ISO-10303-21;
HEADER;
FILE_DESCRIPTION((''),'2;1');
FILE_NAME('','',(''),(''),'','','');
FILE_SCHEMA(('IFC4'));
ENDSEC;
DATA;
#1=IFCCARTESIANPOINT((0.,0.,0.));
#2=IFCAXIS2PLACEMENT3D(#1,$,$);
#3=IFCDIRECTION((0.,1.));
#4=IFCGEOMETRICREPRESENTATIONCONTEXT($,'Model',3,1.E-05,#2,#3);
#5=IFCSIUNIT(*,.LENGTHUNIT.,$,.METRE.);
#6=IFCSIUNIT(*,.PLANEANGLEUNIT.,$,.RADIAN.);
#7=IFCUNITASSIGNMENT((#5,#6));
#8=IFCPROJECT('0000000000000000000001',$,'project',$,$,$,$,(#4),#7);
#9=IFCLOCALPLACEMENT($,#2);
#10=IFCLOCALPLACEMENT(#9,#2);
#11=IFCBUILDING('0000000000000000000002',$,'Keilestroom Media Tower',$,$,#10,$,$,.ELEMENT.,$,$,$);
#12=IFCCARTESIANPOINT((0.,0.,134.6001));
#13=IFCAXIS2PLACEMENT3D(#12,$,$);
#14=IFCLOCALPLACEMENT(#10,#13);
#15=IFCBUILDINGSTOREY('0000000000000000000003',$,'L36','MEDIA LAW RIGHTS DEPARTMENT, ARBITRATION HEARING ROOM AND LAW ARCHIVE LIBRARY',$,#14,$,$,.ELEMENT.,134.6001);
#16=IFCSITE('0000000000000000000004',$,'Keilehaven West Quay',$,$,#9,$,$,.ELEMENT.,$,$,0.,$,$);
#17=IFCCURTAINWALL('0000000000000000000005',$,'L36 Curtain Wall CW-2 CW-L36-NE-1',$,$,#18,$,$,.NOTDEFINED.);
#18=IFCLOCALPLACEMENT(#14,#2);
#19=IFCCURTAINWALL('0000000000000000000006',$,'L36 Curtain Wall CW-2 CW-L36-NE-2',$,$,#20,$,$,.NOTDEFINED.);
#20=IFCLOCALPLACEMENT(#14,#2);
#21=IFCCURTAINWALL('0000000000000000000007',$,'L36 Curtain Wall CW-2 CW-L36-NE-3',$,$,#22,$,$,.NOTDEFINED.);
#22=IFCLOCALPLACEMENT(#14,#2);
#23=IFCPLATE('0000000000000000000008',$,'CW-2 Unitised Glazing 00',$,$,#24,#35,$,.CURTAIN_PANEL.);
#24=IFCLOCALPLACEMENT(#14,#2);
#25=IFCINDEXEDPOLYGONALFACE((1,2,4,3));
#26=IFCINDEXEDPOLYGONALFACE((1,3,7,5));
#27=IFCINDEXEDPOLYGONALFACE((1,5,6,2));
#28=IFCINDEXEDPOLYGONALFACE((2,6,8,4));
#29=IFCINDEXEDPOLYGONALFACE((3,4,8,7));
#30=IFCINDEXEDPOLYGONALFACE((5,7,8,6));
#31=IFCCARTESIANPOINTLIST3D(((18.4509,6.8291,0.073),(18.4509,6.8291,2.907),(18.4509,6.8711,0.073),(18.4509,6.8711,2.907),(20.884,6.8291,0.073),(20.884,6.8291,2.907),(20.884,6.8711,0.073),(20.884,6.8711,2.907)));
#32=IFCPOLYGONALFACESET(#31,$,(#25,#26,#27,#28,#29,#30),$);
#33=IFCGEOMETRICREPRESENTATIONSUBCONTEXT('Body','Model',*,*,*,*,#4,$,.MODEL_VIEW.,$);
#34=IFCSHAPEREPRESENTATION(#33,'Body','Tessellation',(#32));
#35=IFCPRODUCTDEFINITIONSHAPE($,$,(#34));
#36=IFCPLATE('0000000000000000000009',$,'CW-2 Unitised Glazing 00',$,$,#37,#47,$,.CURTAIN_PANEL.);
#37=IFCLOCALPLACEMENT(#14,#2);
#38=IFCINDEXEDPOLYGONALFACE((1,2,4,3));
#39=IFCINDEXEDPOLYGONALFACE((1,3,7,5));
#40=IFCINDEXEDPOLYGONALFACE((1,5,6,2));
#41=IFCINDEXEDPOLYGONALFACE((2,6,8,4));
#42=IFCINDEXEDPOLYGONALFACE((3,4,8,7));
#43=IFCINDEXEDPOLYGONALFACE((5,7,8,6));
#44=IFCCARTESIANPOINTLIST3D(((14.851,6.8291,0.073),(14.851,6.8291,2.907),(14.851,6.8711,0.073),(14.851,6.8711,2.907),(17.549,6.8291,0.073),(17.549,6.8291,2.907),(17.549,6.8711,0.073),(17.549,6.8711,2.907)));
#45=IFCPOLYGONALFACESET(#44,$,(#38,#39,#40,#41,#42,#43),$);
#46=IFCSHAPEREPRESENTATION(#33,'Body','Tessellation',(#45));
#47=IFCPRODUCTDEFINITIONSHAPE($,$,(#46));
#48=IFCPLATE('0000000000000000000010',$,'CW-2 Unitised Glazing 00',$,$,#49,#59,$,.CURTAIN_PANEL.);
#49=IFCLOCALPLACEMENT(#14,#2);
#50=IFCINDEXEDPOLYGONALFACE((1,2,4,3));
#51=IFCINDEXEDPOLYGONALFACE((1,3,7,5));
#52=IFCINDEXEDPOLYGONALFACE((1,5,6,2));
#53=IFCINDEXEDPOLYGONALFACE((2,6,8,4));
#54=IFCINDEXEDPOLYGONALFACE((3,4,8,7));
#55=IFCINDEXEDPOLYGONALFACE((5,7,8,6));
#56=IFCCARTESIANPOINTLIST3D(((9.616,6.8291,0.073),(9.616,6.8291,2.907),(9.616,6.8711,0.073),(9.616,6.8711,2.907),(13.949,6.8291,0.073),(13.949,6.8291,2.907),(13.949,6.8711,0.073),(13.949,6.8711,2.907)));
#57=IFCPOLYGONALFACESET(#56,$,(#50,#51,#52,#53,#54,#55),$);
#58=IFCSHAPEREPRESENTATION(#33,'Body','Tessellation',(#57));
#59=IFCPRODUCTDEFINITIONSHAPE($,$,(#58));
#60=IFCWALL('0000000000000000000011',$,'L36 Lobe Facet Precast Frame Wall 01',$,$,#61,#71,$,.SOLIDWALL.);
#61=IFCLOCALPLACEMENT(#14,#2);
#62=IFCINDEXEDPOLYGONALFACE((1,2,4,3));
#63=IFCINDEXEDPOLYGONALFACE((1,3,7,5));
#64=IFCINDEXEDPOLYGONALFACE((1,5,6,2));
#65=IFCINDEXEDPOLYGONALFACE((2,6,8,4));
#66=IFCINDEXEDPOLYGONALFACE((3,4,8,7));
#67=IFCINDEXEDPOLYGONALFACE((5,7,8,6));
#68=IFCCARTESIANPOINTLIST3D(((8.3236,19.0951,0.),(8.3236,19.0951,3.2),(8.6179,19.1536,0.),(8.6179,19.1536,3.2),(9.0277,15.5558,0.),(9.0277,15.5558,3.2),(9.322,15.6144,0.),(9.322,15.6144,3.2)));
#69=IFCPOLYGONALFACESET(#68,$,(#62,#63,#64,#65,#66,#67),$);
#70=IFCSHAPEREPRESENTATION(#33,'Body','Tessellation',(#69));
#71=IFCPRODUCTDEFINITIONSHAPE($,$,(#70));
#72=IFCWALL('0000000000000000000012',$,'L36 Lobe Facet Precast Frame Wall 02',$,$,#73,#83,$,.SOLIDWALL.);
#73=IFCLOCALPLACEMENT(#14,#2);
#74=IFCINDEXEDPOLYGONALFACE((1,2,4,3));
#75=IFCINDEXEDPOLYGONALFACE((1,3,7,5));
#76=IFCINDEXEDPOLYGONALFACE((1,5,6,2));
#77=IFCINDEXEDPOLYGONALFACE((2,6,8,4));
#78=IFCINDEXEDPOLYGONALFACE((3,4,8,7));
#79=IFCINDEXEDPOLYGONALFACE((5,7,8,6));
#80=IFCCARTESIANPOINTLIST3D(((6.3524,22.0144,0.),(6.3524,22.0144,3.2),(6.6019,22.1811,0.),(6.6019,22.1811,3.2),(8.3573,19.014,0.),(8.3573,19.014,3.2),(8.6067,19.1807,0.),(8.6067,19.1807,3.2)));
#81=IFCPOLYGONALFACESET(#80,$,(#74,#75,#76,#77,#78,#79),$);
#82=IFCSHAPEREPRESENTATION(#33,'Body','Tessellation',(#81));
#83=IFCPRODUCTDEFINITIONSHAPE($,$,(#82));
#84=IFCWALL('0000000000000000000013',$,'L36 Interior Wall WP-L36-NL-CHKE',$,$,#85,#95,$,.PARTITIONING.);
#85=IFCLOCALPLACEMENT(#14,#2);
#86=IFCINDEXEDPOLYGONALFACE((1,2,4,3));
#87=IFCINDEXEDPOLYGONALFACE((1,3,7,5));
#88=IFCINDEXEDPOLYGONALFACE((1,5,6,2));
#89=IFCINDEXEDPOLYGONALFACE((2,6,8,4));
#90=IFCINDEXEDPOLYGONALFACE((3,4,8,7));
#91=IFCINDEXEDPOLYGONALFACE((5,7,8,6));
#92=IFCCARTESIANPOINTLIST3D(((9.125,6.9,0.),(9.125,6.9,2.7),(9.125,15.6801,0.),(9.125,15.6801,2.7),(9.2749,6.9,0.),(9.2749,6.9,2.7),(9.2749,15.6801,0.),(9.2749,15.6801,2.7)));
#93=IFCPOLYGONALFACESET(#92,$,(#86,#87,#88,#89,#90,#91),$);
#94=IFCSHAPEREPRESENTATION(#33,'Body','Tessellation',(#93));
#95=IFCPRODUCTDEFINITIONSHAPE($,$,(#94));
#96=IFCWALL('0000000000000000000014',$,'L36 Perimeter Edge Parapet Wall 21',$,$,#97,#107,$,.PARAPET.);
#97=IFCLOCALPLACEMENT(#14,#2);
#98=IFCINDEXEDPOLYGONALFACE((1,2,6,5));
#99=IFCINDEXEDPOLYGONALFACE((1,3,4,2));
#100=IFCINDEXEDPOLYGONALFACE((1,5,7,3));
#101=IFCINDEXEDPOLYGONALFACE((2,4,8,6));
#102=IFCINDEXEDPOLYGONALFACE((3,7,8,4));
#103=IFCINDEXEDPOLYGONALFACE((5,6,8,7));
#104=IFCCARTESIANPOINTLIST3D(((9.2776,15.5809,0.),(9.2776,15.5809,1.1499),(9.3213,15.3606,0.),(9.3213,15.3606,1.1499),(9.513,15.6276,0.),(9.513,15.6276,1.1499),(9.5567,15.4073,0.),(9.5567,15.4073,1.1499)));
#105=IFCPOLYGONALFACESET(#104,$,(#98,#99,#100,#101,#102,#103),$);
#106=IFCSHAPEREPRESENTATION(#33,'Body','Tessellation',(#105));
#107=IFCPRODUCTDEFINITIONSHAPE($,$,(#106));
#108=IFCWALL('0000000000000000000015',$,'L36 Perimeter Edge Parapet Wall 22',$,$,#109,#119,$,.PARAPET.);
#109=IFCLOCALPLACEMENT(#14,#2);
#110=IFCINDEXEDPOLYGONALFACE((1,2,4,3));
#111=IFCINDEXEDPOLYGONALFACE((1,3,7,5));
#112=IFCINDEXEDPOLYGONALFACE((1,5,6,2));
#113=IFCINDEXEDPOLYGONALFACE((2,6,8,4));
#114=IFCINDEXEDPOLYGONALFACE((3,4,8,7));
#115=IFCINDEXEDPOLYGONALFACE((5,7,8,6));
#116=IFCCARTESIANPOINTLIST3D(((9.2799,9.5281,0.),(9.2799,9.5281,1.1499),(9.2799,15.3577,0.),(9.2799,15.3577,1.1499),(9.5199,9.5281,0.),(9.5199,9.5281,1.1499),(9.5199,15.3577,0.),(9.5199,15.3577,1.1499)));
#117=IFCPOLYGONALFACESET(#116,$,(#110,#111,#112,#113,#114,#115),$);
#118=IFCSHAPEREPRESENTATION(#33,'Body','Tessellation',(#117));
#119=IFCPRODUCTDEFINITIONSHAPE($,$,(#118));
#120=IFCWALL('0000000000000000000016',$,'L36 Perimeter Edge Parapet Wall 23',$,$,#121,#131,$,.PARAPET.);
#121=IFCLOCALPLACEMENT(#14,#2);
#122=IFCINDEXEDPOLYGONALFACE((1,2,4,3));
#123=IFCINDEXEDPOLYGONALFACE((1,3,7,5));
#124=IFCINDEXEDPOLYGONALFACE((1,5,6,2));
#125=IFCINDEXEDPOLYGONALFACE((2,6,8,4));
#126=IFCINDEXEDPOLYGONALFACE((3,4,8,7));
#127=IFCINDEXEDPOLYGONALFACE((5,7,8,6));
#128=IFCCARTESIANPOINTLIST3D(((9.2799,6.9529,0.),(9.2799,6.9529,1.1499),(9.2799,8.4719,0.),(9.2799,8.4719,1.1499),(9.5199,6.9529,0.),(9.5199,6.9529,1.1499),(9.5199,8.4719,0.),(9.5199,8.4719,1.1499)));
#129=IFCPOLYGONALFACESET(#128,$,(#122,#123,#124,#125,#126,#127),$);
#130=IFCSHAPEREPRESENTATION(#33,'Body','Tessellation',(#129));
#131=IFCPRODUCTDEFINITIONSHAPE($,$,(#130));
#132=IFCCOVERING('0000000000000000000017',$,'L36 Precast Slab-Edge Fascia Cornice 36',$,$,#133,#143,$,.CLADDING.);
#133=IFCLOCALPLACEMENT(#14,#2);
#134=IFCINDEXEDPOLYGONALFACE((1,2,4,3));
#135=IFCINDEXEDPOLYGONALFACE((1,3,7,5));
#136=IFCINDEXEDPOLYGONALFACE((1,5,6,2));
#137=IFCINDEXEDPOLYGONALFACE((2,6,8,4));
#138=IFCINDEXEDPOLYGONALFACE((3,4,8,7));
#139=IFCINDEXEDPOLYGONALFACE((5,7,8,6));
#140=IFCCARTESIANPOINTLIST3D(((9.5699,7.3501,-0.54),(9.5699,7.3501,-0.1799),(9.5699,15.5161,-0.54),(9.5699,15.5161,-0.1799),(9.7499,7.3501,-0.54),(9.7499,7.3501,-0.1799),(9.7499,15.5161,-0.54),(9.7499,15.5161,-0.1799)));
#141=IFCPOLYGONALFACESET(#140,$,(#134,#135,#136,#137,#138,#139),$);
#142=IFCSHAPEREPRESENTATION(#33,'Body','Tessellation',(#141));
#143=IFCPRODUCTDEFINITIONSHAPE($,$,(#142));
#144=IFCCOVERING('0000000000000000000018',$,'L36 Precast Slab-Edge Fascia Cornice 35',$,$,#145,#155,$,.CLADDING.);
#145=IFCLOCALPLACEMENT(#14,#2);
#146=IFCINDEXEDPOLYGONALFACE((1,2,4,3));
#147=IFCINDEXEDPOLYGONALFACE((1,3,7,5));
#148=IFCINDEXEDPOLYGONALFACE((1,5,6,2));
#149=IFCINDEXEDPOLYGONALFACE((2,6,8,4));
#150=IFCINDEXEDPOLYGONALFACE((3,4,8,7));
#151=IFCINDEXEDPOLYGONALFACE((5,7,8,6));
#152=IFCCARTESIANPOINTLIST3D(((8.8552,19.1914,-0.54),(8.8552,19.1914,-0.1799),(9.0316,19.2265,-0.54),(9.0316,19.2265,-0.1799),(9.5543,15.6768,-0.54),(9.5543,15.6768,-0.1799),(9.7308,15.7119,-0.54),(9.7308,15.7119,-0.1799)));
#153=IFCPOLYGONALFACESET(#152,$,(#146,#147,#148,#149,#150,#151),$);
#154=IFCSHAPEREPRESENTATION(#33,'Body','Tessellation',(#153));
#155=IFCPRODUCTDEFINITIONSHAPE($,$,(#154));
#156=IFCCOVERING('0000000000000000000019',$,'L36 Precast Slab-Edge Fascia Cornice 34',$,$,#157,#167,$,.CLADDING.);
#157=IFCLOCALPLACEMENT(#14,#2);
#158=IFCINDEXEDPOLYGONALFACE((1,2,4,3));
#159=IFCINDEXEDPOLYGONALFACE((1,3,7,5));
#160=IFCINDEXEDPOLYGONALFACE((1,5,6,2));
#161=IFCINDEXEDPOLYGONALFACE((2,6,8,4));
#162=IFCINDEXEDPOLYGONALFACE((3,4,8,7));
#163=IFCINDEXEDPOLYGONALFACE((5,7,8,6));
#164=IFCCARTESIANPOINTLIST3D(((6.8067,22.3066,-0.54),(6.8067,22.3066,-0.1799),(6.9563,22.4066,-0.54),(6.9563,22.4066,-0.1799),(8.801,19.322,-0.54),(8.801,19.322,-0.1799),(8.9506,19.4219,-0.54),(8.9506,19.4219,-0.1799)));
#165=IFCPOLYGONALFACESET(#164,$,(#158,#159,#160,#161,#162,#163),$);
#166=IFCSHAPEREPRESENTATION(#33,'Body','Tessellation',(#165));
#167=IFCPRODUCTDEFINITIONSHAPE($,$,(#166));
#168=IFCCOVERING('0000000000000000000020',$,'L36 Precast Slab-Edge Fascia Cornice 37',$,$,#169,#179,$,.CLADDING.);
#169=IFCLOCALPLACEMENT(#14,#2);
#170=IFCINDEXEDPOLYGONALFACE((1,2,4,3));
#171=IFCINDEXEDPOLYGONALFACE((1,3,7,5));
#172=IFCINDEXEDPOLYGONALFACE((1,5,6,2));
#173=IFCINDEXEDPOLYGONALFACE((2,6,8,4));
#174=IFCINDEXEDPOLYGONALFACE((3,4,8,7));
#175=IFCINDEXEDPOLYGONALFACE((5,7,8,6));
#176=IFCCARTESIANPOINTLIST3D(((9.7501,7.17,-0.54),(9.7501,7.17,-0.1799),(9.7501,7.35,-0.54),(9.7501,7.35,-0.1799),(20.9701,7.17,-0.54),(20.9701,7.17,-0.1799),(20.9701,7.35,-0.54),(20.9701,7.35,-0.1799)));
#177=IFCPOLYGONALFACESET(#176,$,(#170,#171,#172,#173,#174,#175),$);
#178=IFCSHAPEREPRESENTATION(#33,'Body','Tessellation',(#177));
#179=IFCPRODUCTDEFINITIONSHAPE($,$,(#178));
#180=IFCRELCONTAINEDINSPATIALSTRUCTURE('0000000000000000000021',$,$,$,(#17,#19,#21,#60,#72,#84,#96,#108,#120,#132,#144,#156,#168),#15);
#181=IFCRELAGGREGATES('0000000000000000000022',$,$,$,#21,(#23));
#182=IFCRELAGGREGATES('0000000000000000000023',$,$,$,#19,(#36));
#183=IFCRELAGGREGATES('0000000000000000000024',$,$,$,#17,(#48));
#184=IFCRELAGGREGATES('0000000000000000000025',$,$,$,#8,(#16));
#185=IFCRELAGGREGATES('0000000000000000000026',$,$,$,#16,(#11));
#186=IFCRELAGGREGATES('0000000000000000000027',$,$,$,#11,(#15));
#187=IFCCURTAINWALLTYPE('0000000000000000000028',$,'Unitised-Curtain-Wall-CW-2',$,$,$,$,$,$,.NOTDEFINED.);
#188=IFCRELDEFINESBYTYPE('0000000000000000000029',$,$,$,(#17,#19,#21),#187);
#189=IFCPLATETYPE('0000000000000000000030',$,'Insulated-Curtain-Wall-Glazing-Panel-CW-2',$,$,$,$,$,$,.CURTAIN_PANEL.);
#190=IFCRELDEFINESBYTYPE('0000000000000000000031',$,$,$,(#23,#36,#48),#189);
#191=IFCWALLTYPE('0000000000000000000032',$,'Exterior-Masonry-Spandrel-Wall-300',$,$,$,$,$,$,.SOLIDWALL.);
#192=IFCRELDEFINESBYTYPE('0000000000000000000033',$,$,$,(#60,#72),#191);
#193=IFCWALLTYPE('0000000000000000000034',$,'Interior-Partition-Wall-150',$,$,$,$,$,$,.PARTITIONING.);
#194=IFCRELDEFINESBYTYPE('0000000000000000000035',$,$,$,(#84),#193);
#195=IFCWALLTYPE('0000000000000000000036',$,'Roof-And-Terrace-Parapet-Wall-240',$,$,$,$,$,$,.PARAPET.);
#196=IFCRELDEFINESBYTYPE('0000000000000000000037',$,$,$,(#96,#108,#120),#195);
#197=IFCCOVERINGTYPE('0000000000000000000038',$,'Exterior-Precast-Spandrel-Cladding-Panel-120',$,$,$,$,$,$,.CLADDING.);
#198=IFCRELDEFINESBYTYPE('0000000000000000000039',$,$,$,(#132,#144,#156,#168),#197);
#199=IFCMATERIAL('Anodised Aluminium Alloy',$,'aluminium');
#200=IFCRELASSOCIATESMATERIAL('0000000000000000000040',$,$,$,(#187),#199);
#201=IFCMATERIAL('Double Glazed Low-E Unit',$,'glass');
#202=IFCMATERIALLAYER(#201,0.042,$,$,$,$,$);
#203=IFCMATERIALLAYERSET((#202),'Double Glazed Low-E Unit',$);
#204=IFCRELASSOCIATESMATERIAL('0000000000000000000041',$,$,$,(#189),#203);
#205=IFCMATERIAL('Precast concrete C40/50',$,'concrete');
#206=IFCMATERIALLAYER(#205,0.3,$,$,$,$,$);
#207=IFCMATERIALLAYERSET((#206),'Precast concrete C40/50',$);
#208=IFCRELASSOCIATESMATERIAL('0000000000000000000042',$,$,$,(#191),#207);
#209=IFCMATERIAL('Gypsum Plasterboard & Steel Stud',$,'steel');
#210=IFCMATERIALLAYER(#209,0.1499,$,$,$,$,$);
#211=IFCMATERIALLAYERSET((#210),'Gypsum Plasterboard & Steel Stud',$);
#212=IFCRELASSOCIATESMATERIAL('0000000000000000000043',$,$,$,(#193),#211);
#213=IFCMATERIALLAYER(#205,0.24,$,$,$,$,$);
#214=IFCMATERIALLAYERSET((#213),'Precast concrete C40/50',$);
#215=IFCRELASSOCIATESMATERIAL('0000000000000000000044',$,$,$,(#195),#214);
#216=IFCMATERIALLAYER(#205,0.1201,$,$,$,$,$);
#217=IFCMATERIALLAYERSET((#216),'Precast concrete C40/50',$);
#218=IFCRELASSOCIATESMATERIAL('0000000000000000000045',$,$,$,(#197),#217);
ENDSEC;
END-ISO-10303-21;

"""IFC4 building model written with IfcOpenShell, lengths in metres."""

from ifc_helpers import new_model, si_unit, direction, frame, frame_2d, origin, origin_2d, place, context, subcontext, project, spatial, rectangle, extrude, source, transform, mapped, material, layer, layer_set, type_object, element, aggregate, save


model = new_model("IFC4")

# Units and contexts
model_context = context("Model", 3, precision=1e-05, world=origin(), true_north=direction((0.0, 1.0)))
body_context = subcontext(model_context, "Body", "Model", "MODEL_VIEW")
ifc_project = project(units=[si_unit("LENGTHUNIT", "METRE"), si_unit("PLANEANGLEUNIT", "RADIAN")], contexts=[model_context])

# Site, building, storey
site_placement = place(None, origin())
site = spatial("IfcSite", under=ifc_project, at=site_placement, Name="Keilehaven West Quay", CompositionType="ELEMENT", RefElevation=0.0)
building_placement = place(site_placement, origin())
building = spatial("IfcBuilding", under=site, at=building_placement, Name="Keilestroom Media Tower", CompositionType="ELEMENT")
storey_placement = place(building_placement, frame((0.0, 0.0, 134.6001)))
storey = spatial("IfcBuildingStorey", under=building, at=storey_placement, Name="L36", Description="MEDIA LAW RIGHTS DEPARTMENT, ARBITRATION HEARING ROOM AND LAW ARCHIVE LIBRARY", CompositionType="ELEMENT", Elevation=134.6001)

# Shared definitions
ifc_material_1 = material(Name="Precast concrete C40/50", Category="concrete")

# Curtain wall
ifc_material_2 = material(Name="Anodised Aluminium Alloy", Category="aluminium")
curtain_wall_type = type_object("IfcCurtainWallType", Name="Unitised-Curtain-Wall-CW-2", PredefinedType="NOTDEFINED", material=ifc_material_2)
curtain_wall_1_placement = place(storey_placement, origin())
curtain_wall_1 = element("IfcCurtainWall", 1, at=curtain_wall_1_placement, inside=storey, type_object=curtain_wall_type, Name="L36 Curtain Wall CW-2 CW-L36-NE-1", PredefinedType="NOTDEFINED")

# Curtain walls
curtain_wall_2_placement = place(storey_placement, origin())
curtain_wall_2 = element("IfcCurtainWall", 2, at=curtain_wall_2_placement, inside=storey, type_object=curtain_wall_type, Name="L36 Curtain Wall CW-2 CW-L36-NE-2", PredefinedType="NOTDEFINED")
curtain_wall_3_placement = place(storey_placement, origin())
curtain_wall_3 = element("IfcCurtainWall", 3, at=curtain_wall_3_placement, inside=storey, type_object=curtain_wall_type, Name="L36 Curtain Wall CW-2 CW-L36-NE-3", PredefinedType="NOTDEFINED")

# Plates
ifc_material_3 = material(Name="Double Glazed Low-E Unit", Category="glass")
ifc_layer_1 = layer(ifc_material_3, 0.042)
ifc_layer_set_1 = layer_set([ifc_layer_1], Name="Double Glazed Low-E Unit")
plate_type = type_object("IfcPlateType", Name="Insulated-Curtain-Wall-Glazing-Panel-CW-2", PredefinedType="CURTAIN_PANEL", material=ifc_layer_set_1)
shared_shape_1 = source(origin(), body_context, "Body", "SweptSolid", [
    extrude(rectangle(XDim=2.4331, YDim=0.042, at=origin_2d()), origin(), (0.0, 0.0, 1.0), 2.834),
])
plate_1_placement = place(storey_placement, frame((19.6675, 6.8501, 0.073), z_axis=(0.0, 0.0, 1.0), x_axis=(1.0, 0.0, 0.0)))
plate_1 = element("IfcPlate", 4, at=plate_1_placement, type_object=plate_type, Name="CW-2 Unitised Glazing 00", PredefinedType="CURTAIN_PANEL", context=body_context, shape_type="MappedRepresentation", body=[
    mapped(shared_shape_1, transform((0.0, 0.0, 0.0), x_axis=(1.0, 0.0, 0.0), y_axis=(0.0, 1.0, 0.0), z_axis=(0.0, 0.0, 1.0), scale=1.0)),
])
aggregate(curtain_wall_3, [plate_1])
shared_shape_2 = source(origin(), body_context, "Body", "SweptSolid", [
    extrude(rectangle(XDim=2.698, YDim=0.042, at=origin_2d()), origin(), (0.0, 0.0, 1.0), 2.834),
])
plate_2_placement = place(storey_placement, frame((16.2, 6.8501, 0.073), z_axis=(0.0, 0.0, 1.0), x_axis=(1.0, 0.0, 0.0)))
plate_2 = element("IfcPlate", 5, at=plate_2_placement, type_object=plate_type, Name="CW-2 Unitised Glazing 00", PredefinedType="CURTAIN_PANEL", context=body_context, shape_type="MappedRepresentation", body=[
    mapped(shared_shape_2, transform((0.0, 0.0, 0.0), x_axis=(1.0, 0.0, 0.0), y_axis=(0.0, 1.0, 0.0), z_axis=(0.0, 0.0, 1.0), scale=1.0)),
])
aggregate(curtain_wall_2, [plate_2])
shared_shape_3 = source(origin(), body_context, "Body", "SweptSolid", [
    extrude(rectangle(XDim=4.333, YDim=0.042, at=origin_2d()), origin(), (0.0, 0.0, 1.0), 2.834),
])
plate_3_placement = place(storey_placement, frame((11.7825, 6.8501, 0.073), z_axis=(0.0, 0.0, 1.0), x_axis=(1.0, 0.0, 0.0)))
plate_3 = element("IfcPlate", 6, at=plate_3_placement, type_object=plate_type, Name="CW-2 Unitised Glazing 00", PredefinedType="CURTAIN_PANEL", context=body_context, shape_type="MappedRepresentation", body=[
    mapped(shared_shape_3, transform((0.0, 0.0, 0.0), x_axis=(1.0, 0.0, 0.0), y_axis=(0.0, 1.0, 0.0), z_axis=(0.0, 0.0, 1.0), scale=1.0)),
])
aggregate(curtain_wall_1, [plate_3])

# Walls
ifc_layer_2 = layer(ifc_material_1, 0.3)
ifc_layer_set_2 = layer_set([ifc_layer_2], Name="Precast concrete C40/50")
wall_type_1 = type_object("IfcWallType", Name="Exterior-Masonry-Spandrel-Wall-300", PredefinedType="SOLIDWALL", material=ifc_layer_set_2)
for number, where, z_axis, x_axis, name in (
    (7, (9.1748, 15.5852, 0.0), (0.0, 0.0, 1.0), (-0.195114, 0.980781, 0.0), "L36 Lobe Facet Precast Frame Wall 01"),
    (8, (8.4819, 19.0974, 0.0), (0.0, 0.0, 1.0), (-0.555574, 0.831467, 0.0), "L36 Lobe Facet Precast Frame Wall 02"),
):
    element("IfcWall", number, at=place(storey_placement, frame(where, z_axis=z_axis, x_axis=x_axis)), inside=storey, type_object=wall_type_1, Name=name, PredefinedType="SOLIDWALL", context=body_context, shape_type="SweptSolid", body=[
        extrude(rectangle(XDim=3.6086, YDim=0.3, at=frame_2d((1.8042, 0.0))), origin(), (0.0, 0.0, 1.0), 3.2),
    ])
ifc_material_4 = material(Name="Gypsum Plasterboard & Steel Stud", Category="steel")
ifc_layer_3 = layer(ifc_material_4, 0.1499)
ifc_layer_set_3 = layer_set([ifc_layer_3], Name="Gypsum Plasterboard & Steel Stud")
wall_type_2 = type_object("IfcWallType", Name="Interior-Partition-Wall-150", PredefinedType="PARTITIONING", material=ifc_layer_set_3)
wall_1_placement = place(storey_placement, frame((9.2, 6.8999, 0.0), z_axis=(0.0, 0.0, 1.0), x_axis=(0.0, 1.0, 0.0)))
element("IfcWall", 9, at=wall_1_placement, inside=storey, type_object=wall_type_2, Name="L36 Interior Wall WP-L36-NL-CHKE", PredefinedType="PARTITIONING", context=body_context, shape_type="SweptSolid", body=[
    extrude(rectangle(XDim=8.78, YDim=0.1499, at=frame_2d((4.3901, 0.0))), origin(), (0.0, 0.0, 1.0), 2.7),
])
ifc_layer_4 = layer(ifc_material_1, 0.24)
ifc_layer_set_4 = layer_set([ifc_layer_4], Name="Precast concrete C40/50")
wall_type_3 = type_object("IfcWallType", Name="Roof-And-Terrace-Parapet-Wall-240", PredefinedType="PARAPET", material=ifc_layer_set_4)
wall_2_placement = place(storey_placement, frame((9.3953, 15.6042, 0.0), z_axis=(0.0, 0.0, 1.0), x_axis=(0.194652, -0.980872, 0.0)))
element("IfcWall", 10, at=wall_2_placement, inside=storey, type_object=wall_type_3, Name="L36 Perimeter Edge Parapet Wall 21", PredefinedType="PARAPET", context=body_context, shape_type="SweptSolid", body=[
    extrude(rectangle(XDim=0.2246, YDim=0.24, at=frame_2d((0.1123, 0.0))), origin(), (0.0, 0.0, 1.0), 1.1499),
])
wall_3_placement = place(storey_placement, frame((9.3999, 15.3577, 0.0), z_axis=(0.0, 0.0, 1.0), x_axis=(0.0, -1.0, 0.0)))
element("IfcWall", 11, at=wall_3_placement, inside=storey, type_object=wall_type_3, Name="L36 Perimeter Edge Parapet Wall 22", PredefinedType="PARAPET", context=body_context, shape_type="SweptSolid", body=[
    extrude(rectangle(XDim=5.8296, YDim=0.24, at=frame_2d((2.9148, 0.0))), origin(), (0.0, 0.0, 1.0), 1.1499),
])
wall_4_placement = place(storey_placement, frame((9.3999, 8.4719, 0.0), z_axis=(0.0, 0.0, 1.0), x_axis=(0.0, -1.0, 0.0)))
element("IfcWall", 12, at=wall_4_placement, inside=storey, type_object=wall_type_3, Name="L36 Perimeter Edge Parapet Wall 23", PredefinedType="PARAPET", context=body_context, shape_type="SweptSolid", body=[
    extrude(rectangle(XDim=1.519, YDim=0.24, at=frame_2d((0.7595, 0.0))), origin(), (0.0, 0.0, 1.0), 1.1499),
])

# Coverings
ifc_layer_5 = layer(ifc_material_1, 0.1201)
ifc_layer_set_5 = layer_set([ifc_layer_5], Name="Precast concrete C40/50")
covering_type = type_object("IfcCoveringType", Name="Exterior-Precast-Spandrel-Cladding-Panel-120", PredefinedType="CLADDING", material=ifc_layer_set_5)
shared_shape_4 = source(origin(), body_context, "Body", "SweptSolid", [
    extrude(rectangle(XDim=8.166, YDim=0.1799, at=origin_2d()), origin(), (0.0, 0.0, 1.0), 0.3601),
])
covering_1_placement = place(storey_placement, frame((9.6599, 11.4331, -0.54), z_axis=(0.0, 0.0, 1.0), x_axis=(0.0, -1.0, 0.0)))
element("IfcCovering", 13, at=covering_1_placement, inside=storey, type_object=covering_type, Name="L36 Precast Slab-Edge Fascia Cornice 36", PredefinedType="CLADDING", context=body_context, shape_type="MappedRepresentation", body=[
    mapped(shared_shape_4, transform((0.0, 0.0, 0.0), x_axis=(1.0, 0.0, 0.0), y_axis=(0.0, 1.0, 0.0), z_axis=(0.0, 0.0, 1.0), scale=1.0)),
])
shared_shape_5 = source(origin(), body_context, "Body", "SweptSolid", [
    extrude(rectangle(XDim=3.5835, YDim=0.1799, at=origin_2d()), origin(), (0.0, 0.0, 1.0), 0.3601),
])
covering_2_placement = place(storey_placement, frame((9.293, 17.4517, -0.54), z_axis=(0.0, 0.0, 1.0), x_axis=(0.195099, -0.980784, 0.0)))
element("IfcCovering", 14, at=covering_2_placement, inside=storey, type_object=covering_type, Name="L36 Precast Slab-Edge Fascia Cornice 35", PredefinedType="CLADDING", context=body_context, shape_type="MappedRepresentation", body=[
    mapped(shared_shape_5, transform((0.0, 0.0, 0.0), x_axis=(1.0, 0.0, 0.0), y_axis=(0.0, 1.0, 0.0), z_axis=(0.0, 0.0, 1.0), scale=1.0)),
])
shared_shape_6 = source(origin(), body_context, "Body", "SweptSolid", [
    extrude(rectangle(XDim=3.5896, YDim=0.1799, at=origin_2d()), origin(), (0.0, 0.0, 1.0), 0.3601),
])
covering_3_placement = place(storey_placement, frame((7.8787, 20.8643, -0.54), z_axis=(0.0, 0.0, 1.0), x_axis=(0.555575, -0.831467, 0.0)))
element("IfcCovering", 15, at=covering_3_placement, inside=storey, type_object=covering_type, Name="L36 Precast Slab-Edge Fascia Cornice 34", PredefinedType="CLADDING", context=body_context, shape_type="MappedRepresentation", body=[
    mapped(shared_shape_6, transform((0.0, 0.0, 0.0), x_axis=(1.0, 0.0, 0.0), y_axis=(0.0, 1.0, 0.0), z_axis=(0.0, 0.0, 1.0), scale=1.0)),
])
shared_shape_7 = source(origin(), body_context, "Body", "SweptSolid", [
    extrude(rectangle(XDim=11.22, YDim=0.1799, at=origin_2d()), origin(), (0.0, 0.0, 1.0), 0.3601),
])
covering_4_placement = place(storey_placement, frame((15.3601, 7.26, -0.54), z_axis=(0.0, 0.0, 1.0), x_axis=(1.0, 0.0, 0.0)))
element("IfcCovering", 16, at=covering_4_placement, inside=storey, type_object=covering_type, Name="L36 Precast Slab-Edge Fascia Cornice 37", PredefinedType="CLADDING", context=body_context, shape_type="MappedRepresentation", body=[
    mapped(shared_shape_7, transform((0.0, 0.0, 0.0), x_axis=(1.0, 0.0, 0.0), y_axis=(0.0, 1.0, 0.0), z_axis=(0.0, 0.0, 1.0), scale=1.0)),
])

save(model, "model.ifc")
